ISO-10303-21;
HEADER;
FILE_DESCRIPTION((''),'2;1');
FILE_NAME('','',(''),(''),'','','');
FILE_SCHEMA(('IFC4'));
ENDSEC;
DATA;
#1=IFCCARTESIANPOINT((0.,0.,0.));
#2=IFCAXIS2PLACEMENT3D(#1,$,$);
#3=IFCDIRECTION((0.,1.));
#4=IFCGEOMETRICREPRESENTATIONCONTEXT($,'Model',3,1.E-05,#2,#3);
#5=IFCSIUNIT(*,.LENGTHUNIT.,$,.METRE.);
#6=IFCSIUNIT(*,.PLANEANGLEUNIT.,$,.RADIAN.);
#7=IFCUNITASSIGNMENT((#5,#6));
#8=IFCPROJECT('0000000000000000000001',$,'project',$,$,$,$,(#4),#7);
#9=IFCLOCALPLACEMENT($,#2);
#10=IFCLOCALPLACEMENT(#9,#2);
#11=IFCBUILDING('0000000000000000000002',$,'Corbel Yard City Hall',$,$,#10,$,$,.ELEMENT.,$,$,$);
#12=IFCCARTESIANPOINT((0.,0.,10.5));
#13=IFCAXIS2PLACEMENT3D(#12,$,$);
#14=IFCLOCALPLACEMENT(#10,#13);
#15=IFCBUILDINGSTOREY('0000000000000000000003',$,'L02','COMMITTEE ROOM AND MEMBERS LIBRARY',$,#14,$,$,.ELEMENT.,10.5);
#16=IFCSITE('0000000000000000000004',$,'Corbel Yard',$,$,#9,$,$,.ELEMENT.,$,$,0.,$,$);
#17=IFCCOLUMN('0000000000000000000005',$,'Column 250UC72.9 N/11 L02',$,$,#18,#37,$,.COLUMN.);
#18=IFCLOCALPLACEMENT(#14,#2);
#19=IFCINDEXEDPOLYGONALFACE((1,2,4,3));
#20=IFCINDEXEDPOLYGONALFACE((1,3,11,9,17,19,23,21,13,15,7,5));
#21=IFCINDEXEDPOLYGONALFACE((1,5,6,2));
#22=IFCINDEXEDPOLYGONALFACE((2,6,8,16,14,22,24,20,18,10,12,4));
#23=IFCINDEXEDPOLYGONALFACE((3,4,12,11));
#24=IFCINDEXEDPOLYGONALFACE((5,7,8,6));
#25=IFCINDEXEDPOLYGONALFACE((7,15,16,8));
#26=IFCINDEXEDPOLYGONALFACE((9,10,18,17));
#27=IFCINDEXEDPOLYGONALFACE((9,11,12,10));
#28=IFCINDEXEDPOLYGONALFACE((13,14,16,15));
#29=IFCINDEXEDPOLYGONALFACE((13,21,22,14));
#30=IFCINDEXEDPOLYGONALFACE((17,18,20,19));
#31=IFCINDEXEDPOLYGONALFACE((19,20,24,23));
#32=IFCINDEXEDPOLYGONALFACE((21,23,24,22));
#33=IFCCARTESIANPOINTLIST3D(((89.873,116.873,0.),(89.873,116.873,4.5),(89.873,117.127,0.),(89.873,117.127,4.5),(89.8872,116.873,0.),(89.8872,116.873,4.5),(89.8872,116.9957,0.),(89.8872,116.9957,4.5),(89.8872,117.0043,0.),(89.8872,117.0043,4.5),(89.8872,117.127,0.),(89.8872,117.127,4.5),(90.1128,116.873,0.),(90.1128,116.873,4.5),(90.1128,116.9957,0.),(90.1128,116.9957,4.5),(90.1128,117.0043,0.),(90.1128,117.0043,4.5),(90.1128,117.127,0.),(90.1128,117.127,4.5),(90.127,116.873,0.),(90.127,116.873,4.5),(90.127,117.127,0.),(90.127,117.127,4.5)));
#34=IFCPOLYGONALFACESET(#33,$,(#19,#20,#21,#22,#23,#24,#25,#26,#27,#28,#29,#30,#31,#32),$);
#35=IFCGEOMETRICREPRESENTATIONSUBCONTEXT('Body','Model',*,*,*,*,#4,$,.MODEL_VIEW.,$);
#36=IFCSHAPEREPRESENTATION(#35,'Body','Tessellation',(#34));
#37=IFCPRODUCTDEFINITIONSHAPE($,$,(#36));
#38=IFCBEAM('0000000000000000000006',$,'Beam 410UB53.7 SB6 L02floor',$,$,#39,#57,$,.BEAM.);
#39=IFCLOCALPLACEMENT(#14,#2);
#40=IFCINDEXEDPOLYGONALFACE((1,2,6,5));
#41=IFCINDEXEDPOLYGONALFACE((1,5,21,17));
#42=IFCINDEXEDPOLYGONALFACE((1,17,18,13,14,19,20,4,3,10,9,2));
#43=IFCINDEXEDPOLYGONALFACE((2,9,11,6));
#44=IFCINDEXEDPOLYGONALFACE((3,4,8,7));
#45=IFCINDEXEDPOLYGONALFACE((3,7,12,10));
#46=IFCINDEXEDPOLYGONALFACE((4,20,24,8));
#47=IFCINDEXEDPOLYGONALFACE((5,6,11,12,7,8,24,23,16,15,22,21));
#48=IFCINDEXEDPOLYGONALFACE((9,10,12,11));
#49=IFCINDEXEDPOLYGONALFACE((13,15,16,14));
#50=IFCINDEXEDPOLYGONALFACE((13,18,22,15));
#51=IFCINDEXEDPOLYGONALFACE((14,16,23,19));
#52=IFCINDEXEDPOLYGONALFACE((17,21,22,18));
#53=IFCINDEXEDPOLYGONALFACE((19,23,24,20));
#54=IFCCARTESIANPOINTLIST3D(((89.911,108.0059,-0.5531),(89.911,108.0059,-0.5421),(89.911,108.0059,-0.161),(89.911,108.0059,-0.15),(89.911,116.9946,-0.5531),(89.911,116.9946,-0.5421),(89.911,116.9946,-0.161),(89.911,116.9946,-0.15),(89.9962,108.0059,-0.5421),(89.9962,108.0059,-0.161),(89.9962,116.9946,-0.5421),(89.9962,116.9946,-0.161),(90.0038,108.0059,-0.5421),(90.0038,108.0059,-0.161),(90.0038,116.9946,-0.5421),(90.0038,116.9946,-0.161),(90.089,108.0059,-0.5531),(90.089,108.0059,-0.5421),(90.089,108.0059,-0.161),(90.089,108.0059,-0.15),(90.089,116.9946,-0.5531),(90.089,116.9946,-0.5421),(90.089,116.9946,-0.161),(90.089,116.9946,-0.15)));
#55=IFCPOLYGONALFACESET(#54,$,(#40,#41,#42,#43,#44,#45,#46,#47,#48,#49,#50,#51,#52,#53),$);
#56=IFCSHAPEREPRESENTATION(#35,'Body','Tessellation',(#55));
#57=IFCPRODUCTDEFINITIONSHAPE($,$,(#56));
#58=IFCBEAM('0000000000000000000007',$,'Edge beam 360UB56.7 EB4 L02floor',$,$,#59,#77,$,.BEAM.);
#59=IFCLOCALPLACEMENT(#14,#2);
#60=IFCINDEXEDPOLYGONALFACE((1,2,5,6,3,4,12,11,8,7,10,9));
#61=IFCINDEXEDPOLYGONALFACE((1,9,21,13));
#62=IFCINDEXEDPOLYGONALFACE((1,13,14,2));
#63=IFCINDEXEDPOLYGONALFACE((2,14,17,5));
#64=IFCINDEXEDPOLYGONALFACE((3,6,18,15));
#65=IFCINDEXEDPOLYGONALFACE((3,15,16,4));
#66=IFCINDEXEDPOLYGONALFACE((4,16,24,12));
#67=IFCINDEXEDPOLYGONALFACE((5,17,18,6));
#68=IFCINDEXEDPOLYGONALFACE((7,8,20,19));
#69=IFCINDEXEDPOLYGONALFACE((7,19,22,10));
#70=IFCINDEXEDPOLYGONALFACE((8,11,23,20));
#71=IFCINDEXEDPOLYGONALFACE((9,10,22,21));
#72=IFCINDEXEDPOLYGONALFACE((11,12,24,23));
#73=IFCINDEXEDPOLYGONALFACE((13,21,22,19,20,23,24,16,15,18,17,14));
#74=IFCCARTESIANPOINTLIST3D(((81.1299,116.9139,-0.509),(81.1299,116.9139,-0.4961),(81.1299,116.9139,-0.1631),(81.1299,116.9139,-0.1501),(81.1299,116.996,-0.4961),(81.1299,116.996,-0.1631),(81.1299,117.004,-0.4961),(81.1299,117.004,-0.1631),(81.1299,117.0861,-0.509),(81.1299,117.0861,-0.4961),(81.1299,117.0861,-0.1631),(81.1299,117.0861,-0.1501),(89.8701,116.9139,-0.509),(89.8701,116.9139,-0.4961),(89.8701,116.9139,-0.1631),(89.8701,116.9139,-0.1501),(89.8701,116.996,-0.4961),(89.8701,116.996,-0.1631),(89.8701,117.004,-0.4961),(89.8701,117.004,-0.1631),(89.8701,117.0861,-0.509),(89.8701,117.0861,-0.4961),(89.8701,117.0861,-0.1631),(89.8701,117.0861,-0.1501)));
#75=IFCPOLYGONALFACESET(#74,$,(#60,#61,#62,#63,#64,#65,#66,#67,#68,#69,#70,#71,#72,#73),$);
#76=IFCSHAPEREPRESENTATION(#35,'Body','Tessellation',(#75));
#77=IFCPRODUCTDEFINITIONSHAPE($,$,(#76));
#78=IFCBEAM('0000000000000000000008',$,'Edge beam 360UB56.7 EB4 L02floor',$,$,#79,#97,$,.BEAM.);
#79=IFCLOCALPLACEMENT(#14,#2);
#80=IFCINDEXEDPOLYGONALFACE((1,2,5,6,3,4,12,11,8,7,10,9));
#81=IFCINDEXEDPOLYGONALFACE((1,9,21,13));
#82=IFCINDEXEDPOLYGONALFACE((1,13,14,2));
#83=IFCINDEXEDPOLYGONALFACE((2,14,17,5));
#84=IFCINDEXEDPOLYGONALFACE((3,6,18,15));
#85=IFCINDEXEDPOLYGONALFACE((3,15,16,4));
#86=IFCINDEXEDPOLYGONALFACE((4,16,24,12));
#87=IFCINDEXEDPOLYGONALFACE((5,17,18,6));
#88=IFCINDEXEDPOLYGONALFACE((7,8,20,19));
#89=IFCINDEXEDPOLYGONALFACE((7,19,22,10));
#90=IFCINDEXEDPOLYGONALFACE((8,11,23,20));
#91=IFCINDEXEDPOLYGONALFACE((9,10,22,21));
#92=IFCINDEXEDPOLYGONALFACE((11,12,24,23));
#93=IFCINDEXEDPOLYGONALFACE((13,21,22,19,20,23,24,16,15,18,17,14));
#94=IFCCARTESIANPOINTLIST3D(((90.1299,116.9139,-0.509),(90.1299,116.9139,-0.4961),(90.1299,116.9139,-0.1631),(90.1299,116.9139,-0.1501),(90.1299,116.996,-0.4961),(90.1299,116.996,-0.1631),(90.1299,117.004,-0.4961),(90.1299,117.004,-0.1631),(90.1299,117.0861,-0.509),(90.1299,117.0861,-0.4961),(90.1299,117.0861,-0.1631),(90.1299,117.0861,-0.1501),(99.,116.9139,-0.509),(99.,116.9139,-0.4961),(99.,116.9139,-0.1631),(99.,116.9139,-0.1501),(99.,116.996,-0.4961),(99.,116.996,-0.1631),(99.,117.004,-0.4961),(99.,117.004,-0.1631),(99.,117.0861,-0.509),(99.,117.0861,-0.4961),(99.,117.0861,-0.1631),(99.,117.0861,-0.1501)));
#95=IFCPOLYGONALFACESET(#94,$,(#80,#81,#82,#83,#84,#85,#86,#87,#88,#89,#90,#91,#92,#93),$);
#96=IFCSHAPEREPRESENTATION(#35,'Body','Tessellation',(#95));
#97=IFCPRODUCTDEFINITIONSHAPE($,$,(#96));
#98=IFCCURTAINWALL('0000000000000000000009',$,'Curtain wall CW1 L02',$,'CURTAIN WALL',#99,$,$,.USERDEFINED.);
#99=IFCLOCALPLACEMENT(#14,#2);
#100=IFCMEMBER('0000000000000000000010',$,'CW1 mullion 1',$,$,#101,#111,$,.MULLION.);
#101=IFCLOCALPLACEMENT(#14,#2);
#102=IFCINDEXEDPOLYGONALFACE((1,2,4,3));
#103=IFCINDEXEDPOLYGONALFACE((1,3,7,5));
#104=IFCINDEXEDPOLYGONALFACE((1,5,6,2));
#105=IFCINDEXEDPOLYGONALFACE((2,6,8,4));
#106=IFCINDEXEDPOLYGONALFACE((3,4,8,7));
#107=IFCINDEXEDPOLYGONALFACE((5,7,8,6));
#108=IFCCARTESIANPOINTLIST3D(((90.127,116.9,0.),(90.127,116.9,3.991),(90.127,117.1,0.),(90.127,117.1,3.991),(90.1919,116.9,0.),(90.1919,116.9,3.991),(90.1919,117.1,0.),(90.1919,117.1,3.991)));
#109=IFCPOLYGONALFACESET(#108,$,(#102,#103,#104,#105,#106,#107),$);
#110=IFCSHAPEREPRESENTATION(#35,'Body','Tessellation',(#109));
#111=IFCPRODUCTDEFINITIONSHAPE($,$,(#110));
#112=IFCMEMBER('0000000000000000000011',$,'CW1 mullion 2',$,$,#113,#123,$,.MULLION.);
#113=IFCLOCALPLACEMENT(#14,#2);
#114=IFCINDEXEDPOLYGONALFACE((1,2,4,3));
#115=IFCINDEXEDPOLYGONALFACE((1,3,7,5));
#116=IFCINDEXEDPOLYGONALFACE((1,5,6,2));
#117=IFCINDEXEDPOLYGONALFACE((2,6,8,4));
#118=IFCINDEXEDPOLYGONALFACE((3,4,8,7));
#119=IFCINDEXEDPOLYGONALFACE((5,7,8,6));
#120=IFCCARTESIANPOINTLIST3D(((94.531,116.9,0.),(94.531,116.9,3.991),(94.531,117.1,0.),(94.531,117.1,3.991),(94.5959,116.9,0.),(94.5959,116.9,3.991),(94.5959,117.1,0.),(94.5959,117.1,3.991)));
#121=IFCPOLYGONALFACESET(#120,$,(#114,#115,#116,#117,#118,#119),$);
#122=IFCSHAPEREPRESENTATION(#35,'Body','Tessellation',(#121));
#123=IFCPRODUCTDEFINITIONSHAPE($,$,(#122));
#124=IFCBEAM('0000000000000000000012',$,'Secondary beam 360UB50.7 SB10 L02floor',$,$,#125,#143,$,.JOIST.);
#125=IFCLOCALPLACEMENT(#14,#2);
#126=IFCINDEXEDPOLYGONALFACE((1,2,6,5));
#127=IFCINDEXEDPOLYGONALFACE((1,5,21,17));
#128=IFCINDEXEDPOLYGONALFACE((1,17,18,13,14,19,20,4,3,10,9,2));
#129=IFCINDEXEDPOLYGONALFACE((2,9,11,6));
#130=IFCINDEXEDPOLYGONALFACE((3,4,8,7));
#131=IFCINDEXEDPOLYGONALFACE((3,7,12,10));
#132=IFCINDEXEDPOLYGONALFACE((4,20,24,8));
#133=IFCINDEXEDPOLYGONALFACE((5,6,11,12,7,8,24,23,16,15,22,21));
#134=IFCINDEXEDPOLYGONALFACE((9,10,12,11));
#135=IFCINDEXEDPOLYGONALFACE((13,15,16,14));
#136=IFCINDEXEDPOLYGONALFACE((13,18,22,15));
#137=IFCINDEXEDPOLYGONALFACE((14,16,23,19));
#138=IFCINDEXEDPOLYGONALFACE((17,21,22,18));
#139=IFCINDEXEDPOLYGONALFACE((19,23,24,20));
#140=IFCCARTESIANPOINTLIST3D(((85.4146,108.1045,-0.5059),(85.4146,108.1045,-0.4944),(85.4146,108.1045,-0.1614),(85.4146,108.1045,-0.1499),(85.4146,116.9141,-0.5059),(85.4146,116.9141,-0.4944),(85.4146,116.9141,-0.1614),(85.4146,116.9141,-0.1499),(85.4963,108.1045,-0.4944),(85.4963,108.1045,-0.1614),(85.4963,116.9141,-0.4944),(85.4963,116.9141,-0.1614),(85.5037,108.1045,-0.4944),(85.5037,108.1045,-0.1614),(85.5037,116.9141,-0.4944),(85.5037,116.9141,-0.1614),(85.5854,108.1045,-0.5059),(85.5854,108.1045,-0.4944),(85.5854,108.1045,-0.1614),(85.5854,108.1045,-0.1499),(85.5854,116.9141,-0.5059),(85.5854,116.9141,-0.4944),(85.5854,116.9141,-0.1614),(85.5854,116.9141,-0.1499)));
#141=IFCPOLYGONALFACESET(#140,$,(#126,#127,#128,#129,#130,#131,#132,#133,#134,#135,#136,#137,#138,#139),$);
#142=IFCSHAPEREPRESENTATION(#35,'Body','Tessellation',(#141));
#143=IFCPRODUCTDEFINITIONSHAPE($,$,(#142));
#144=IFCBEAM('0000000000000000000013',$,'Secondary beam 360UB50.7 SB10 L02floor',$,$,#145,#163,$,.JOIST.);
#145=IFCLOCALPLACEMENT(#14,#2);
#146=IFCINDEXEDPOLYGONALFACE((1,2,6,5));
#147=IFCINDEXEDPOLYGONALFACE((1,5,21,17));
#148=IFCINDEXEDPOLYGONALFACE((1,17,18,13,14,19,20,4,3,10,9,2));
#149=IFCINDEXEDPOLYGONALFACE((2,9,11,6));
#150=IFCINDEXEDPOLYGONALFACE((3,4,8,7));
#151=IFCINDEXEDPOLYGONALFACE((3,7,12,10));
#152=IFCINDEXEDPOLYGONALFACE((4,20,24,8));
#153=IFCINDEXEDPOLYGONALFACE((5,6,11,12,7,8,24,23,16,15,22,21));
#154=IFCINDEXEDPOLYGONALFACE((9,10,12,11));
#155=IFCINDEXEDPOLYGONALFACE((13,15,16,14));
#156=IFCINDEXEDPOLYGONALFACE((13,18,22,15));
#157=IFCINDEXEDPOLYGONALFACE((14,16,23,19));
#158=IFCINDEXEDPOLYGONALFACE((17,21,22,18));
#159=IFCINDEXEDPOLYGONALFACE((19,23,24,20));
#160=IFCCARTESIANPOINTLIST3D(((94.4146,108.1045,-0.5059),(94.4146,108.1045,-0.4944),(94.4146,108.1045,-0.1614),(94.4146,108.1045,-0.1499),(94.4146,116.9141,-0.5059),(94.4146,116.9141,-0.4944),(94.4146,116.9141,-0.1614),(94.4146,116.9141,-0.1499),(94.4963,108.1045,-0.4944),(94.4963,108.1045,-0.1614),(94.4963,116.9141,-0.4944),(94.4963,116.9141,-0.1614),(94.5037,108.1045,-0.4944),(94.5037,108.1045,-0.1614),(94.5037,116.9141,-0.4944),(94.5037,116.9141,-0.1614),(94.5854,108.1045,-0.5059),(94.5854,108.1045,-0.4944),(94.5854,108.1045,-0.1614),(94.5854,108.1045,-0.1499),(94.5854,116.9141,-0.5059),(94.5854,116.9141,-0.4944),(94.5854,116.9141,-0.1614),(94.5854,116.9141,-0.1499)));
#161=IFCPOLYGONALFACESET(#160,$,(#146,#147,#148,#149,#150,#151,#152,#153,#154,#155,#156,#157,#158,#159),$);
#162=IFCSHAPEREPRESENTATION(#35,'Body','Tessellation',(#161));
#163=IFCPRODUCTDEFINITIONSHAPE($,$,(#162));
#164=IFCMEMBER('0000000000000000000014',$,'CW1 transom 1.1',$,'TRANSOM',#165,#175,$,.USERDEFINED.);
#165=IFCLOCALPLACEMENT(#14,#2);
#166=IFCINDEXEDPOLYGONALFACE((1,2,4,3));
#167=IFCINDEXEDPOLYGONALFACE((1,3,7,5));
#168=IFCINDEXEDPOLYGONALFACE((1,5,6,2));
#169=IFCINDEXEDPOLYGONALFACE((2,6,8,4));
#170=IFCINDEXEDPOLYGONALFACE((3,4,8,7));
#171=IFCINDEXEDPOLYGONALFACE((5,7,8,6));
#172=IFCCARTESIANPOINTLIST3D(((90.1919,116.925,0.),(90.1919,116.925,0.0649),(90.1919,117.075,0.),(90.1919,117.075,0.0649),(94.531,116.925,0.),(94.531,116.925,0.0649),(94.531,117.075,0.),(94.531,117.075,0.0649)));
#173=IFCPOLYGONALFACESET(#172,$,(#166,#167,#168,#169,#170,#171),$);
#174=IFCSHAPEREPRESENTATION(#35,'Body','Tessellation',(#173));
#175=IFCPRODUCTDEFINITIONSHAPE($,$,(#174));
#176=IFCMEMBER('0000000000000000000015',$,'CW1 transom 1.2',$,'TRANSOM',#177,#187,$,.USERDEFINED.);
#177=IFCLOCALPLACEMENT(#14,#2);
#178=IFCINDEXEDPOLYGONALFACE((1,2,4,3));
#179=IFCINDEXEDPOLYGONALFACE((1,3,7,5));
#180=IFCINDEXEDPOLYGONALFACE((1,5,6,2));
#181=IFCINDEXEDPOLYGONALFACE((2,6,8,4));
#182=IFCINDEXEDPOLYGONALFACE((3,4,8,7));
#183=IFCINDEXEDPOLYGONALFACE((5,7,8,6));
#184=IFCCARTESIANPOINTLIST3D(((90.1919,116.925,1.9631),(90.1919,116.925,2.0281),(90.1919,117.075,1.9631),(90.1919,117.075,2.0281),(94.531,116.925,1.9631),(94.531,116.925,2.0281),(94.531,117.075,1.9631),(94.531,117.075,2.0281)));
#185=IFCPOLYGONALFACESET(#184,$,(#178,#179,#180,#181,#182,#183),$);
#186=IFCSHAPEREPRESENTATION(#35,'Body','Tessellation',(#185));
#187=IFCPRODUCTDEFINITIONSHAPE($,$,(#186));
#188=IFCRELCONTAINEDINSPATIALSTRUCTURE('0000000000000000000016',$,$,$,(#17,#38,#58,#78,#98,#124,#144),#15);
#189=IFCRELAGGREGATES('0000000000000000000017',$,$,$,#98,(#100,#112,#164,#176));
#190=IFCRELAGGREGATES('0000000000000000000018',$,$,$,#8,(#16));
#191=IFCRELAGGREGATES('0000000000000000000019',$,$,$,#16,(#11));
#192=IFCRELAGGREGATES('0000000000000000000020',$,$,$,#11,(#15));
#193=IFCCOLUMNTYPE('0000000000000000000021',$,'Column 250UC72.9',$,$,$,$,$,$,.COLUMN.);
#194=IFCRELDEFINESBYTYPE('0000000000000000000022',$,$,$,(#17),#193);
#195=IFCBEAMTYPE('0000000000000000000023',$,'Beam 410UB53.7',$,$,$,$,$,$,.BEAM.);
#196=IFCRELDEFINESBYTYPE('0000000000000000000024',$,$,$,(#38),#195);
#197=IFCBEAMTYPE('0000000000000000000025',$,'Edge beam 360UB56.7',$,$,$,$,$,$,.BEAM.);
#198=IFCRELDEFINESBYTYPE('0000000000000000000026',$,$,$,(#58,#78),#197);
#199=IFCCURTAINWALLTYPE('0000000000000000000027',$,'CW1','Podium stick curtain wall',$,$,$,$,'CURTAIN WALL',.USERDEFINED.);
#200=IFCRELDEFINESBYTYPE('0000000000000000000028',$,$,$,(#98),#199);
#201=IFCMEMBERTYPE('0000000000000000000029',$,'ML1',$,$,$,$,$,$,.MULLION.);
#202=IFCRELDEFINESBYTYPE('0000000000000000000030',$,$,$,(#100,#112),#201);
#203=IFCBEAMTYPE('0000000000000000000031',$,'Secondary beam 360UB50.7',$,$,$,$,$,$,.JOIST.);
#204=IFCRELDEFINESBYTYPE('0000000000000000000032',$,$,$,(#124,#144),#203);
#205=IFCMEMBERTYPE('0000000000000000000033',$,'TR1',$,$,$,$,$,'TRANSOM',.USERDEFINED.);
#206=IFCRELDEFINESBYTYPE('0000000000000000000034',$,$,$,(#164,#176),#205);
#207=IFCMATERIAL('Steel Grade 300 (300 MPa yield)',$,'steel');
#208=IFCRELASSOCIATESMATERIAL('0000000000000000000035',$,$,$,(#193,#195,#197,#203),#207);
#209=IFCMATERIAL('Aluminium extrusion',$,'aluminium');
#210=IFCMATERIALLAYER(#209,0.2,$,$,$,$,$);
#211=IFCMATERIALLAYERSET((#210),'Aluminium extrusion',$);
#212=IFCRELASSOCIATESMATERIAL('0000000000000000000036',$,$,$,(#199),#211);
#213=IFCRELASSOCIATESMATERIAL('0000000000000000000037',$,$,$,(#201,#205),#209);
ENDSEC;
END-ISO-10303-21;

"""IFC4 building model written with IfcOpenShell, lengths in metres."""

from ifc_helpers import new_model, si_unit, direction, frame, origin, origin_2d, place, context, subcontext, project, spatial, rectangle, i_section, extrude, material, layer, layer_set, material_profile, profile_set, type_object, element, aggregate, save


model = new_model("IFC4")

# Units and contexts
model_context = context("Model", 3, precision=1e-05, world=origin(), true_north=direction((0.0, 1.0)))
body_context = subcontext(model_context, "Body", "Model", "MODEL_VIEW")
ifc_project = project(units=[si_unit("LENGTHUNIT", "METRE"), si_unit("PLANEANGLEUNIT", "RADIAN")], contexts=[model_context])

# Site, building, storey
site_placement = place(None, origin())
site = spatial("IfcSite", under=ifc_project, at=site_placement, Name="Corbel Yard", CompositionType="ELEMENT", RefElevation=0.0)
building_placement = place(site_placement, origin())
building = spatial("IfcBuilding", under=site, at=building_placement, Name="Corbel Yard City Hall", CompositionType="ELEMENT")
storey_placement = place(building_placement, frame((0.0, 0.0, 10.5)))
storey = spatial("IfcBuildingStorey", under=building, at=storey_placement, Name="L02", Description="COMMITTEE ROOM AND MEMBERS LIBRARY", CompositionType="ELEMENT", Elevation=10.5)

# Column
ifc_material_1 = material(Name="Steel Grade 300 (300 MPa yield)", Category="steel")
ifc_material_profile_1 = material_profile(ifc_material_1, i_section(OverallWidth=0.2539, OverallDepth=0.2539, WebThickness=0.0085, FlangeThickness=0.0142, at=origin_2d()), Name="250UC72.9")
ifc_profile_set_1 = profile_set([ifc_material_profile_1], Name="Steel Grade 300 (300 MPa yield)")
column_type = type_object("IfcColumnType", Name="Column 250UC72.9", PredefinedType="COLUMN", material=ifc_profile_set_1)
column_placement = place(storey_placement, frame((90.0, 117.0, 0.0), z_axis=(0.0, 0.0, 1.0), x_axis=(0.0, 1.0, 0.0)))
element("IfcColumn", 1, at=column_placement, inside=storey, type_object=column_type, Name="Column 250UC72.9 N/11 L02", PredefinedType="COLUMN", context=body_context, shape_type="SweptSolid", body=[
    extrude(i_section(OverallWidth=0.2539, OverallDepth=0.2539, WebThickness=0.0085, FlangeThickness=0.0142, at=origin_2d()), origin(), (0.0, 0.0, 1.0), 4.5),
])

# Beams
ifc_material_profile_2 = material_profile(ifc_material_1, i_section(OverallWidth=0.178, OverallDepth=0.4031, WebThickness=0.0076, FlangeThickness=0.011, at=origin_2d()), Name="410UB53.7")
ifc_profile_set_2 = profile_set([ifc_material_profile_2], Name="Steel Grade 300 (300 MPa yield)")
beam_type_1 = type_object("IfcBeamType", Name="Beam 410UB53.7", PredefinedType="BEAM", material=ifc_profile_set_2)
beam_1_placement = place(storey_placement, frame((90.0, 108.0059, -0.3516), z_axis=(0.0, 1.0, 0.0), x_axis=(-1.0, 0.0, 0.0)))
element("IfcBeam", 2, at=beam_1_placement, inside=storey, type_object=beam_type_1, Name="Beam 410UB53.7 SB6 L02floor", PredefinedType="BEAM", context=body_context, shape_type="SweptSolid", body=[
    extrude(i_section(OverallWidth=0.178, OverallDepth=0.4031, WebThickness=0.0076, FlangeThickness=0.011, at=origin_2d()), origin(), (0.0, 0.0, 1.0), 8.9888),
])
ifc_material_profile_3 = material_profile(ifc_material_1, i_section(OverallWidth=0.1721, OverallDepth=0.3589, WebThickness=0.0081, FlangeThickness=0.0129, at=origin_2d()), Name="360UB56.7")
ifc_profile_set_3 = profile_set([ifc_material_profile_3], Name="Steel Grade 300 (300 MPa yield)")
beam_type_2 = type_object("IfcBeamType", Name="Edge beam 360UB56.7", PredefinedType="BEAM", material=ifc_profile_set_3)
beam_2_placement = place(storey_placement, frame((81.1299, 117.0, -0.3296), z_axis=(1.0, 0.0, 0.0), x_axis=(0.0, 1.0, 0.0)))
element("IfcBeam", 3, at=beam_2_placement, inside=storey, type_object=beam_type_2, Name="Edge beam 360UB56.7 EB4 L02floor", PredefinedType="BEAM", context=body_context, shape_type="SweptSolid", body=[
    extrude(i_section(OverallWidth=0.1721, OverallDepth=0.3589, WebThickness=0.0081, FlangeThickness=0.0129, at=origin_2d()), origin(), (0.0, 0.0, 1.0), 8.7402),
])
beam_3_placement = place(storey_placement, frame((90.1299, 117.0, -0.3296), z_axis=(1.0, 0.0, 0.0), x_axis=(0.0, 1.0, 0.0)))
element("IfcBeam", 4, at=beam_3_placement, inside=storey, type_object=beam_type_2, Name="Edge beam 360UB56.7 EB4 L02floor", PredefinedType="BEAM", context=body_context, shape_type="SweptSolid", body=[
    extrude(i_section(OverallWidth=0.1721, OverallDepth=0.3589, WebThickness=0.0081, FlangeThickness=0.0129, at=origin_2d()), origin(), (0.0, 0.0, 1.0), 8.8701),
])

# Curtain wall, members
ifc_material_2 = material(Name="Aluminium extrusion", Category="aluminium")
ifc_layer_1 = layer(ifc_material_2, 0.2)
ifc_layer_set_1 = layer_set([ifc_layer_1], Name="Aluminium extrusion")
curtain_wall_type = type_object("IfcCurtainWallType", Name="CW1", Description="Podium stick curtain wall", ElementType="CURTAIN WALL", PredefinedType="USERDEFINED", material=ifc_layer_set_1)
curtain_wall_placement = place(storey_placement, origin())
curtain_wall = element("IfcCurtainWall", 5, at=curtain_wall_placement, inside=storey, type_object=curtain_wall_type, Name="Curtain wall CW1 L02", ObjectType="CURTAIN WALL", PredefinedType="USERDEFINED")
ifc_material_profile_4 = material_profile(ifc_material_2, rectangle(XDim=0.2, YDim=0.0649, at=origin_2d()), Name="200x65")
ifc_profile_set_4 = profile_set([ifc_material_profile_4], Name="Aluminium extrusion")
member_type_1 = type_object("IfcMemberType", Name="ML1", PredefinedType="MULLION", material=ifc_profile_set_4)
member_1_placement = place(storey_placement, frame((90.1594, 117.0, 0.0), z_axis=(0.0, 0.0, 1.0), x_axis=(0.0, 1.0, 0.0)))
member_1 = element("IfcMember", 6, at=member_1_placement, type_object=member_type_1, Name="CW1 mullion 1", PredefinedType="MULLION", context=body_context, shape_type="SweptSolid", body=[
    extrude(rectangle(XDim=0.2, YDim=0.0649, at=origin_2d()), origin(), (0.0, 0.0, 1.0), 3.991),
])
member_2_placement = place(storey_placement, frame((94.5635, 117.0, 0.0), z_axis=(0.0, 0.0, 1.0), x_axis=(0.0, 1.0, 0.0)))
member_2 = element("IfcMember", 7, at=member_2_placement, type_object=member_type_1, Name="CW1 mullion 2", PredefinedType="MULLION", context=body_context, shape_type="SweptSolid", body=[
    extrude(rectangle(XDim=0.2, YDim=0.0649, at=origin_2d()), origin(), (0.0, 0.0, 1.0), 3.991),
])

# Beams
ifc_material_profile_5 = material_profile(ifc_material_1, i_section(OverallWidth=0.1709, OverallDepth=0.356, WebThickness=0.0073, FlangeThickness=0.0115, at=origin_2d()), Name="360UB50.7")
ifc_profile_set_5 = profile_set([ifc_material_profile_5], Name="Steel Grade 300 (300 MPa yield)")
beam_type_3 = type_object("IfcBeamType", Name="Secondary beam 360UB50.7", PredefinedType="JOIST", material=ifc_profile_set_5)
for number, where, z_axis, x_axis, name in (
    (8, (85.5, 108.1045, -0.3279), (0.0, 1.0, 0.0), (-1.0, 0.0, 0.0), "Secondary beam 360UB50.7 SB10 L02floor"),
    (9, (94.5, 108.1045, -0.3279), (0.0, 1.0, 0.0), (-1.0, 0.0, 0.0), "Secondary beam 360UB50.7 SB10 L02floor"),
):
    element("IfcBeam", number, at=place(storey_placement, frame(where, z_axis=z_axis, x_axis=x_axis)), inside=storey, type_object=beam_type_3, Name=name, PredefinedType="JOIST", context=body_context, shape_type="SweptSolid", body=[
        extrude(i_section(OverallWidth=0.1709, OverallDepth=0.356, WebThickness=0.0073, FlangeThickness=0.0115, at=origin_2d()), origin(), (0.0, 0.0, 1.0), 8.8096),
    ])

# Members
ifc_material_profile_6 = material_profile(ifc_material_2, rectangle(XDim=0.1499, YDim=0.0649, at=origin_2d()), Name="150x65")
ifc_profile_set_6 = profile_set([ifc_material_profile_6], Name="Aluminium extrusion")
member_type_2 = type_object("IfcMemberType", Name="TR1", ElementType="TRANSOM", PredefinedType="USERDEFINED", material=ifc_profile_set_6)
member_3_placement = place(storey_placement, frame((90.1919, 117.0, 0.0325), z_axis=(1.0, 0.0, 0.0), x_axis=(0.0, 1.0, 0.0)))
member_3 = element("IfcMember", 10, at=member_3_placement, type_object=member_type_2, Name="CW1 transom 1.1", ObjectType="TRANSOM", PredefinedType="USERDEFINED", context=body_context, shape_type="SweptSolid", body=[
    extrude(rectangle(XDim=0.1499, YDim=0.0649, at=origin_2d()), origin(), (0.0, 0.0, 1.0), 4.3391),
])
member_4_placement = place(storey_placement, frame((90.1919, 117.0, 1.9956), z_axis=(1.0, 0.0, 0.0), x_axis=(0.0, 1.0, 0.0)))
member_4 = element("IfcMember", 11, at=member_4_placement, type_object=member_type_2, Name="CW1 transom 1.2", ObjectType="TRANSOM", PredefinedType="USERDEFINED", context=body_context, shape_type="SweptSolid", body=[
    extrude(rectangle(XDim=0.1499, YDim=0.0649, at=origin_2d()), origin(), (0.0, 0.0, 1.0), 4.3391),
])

aggregate(curtain_wall, [member_1, member_2, member_3, member_4])

save(model, "model.ifc")
